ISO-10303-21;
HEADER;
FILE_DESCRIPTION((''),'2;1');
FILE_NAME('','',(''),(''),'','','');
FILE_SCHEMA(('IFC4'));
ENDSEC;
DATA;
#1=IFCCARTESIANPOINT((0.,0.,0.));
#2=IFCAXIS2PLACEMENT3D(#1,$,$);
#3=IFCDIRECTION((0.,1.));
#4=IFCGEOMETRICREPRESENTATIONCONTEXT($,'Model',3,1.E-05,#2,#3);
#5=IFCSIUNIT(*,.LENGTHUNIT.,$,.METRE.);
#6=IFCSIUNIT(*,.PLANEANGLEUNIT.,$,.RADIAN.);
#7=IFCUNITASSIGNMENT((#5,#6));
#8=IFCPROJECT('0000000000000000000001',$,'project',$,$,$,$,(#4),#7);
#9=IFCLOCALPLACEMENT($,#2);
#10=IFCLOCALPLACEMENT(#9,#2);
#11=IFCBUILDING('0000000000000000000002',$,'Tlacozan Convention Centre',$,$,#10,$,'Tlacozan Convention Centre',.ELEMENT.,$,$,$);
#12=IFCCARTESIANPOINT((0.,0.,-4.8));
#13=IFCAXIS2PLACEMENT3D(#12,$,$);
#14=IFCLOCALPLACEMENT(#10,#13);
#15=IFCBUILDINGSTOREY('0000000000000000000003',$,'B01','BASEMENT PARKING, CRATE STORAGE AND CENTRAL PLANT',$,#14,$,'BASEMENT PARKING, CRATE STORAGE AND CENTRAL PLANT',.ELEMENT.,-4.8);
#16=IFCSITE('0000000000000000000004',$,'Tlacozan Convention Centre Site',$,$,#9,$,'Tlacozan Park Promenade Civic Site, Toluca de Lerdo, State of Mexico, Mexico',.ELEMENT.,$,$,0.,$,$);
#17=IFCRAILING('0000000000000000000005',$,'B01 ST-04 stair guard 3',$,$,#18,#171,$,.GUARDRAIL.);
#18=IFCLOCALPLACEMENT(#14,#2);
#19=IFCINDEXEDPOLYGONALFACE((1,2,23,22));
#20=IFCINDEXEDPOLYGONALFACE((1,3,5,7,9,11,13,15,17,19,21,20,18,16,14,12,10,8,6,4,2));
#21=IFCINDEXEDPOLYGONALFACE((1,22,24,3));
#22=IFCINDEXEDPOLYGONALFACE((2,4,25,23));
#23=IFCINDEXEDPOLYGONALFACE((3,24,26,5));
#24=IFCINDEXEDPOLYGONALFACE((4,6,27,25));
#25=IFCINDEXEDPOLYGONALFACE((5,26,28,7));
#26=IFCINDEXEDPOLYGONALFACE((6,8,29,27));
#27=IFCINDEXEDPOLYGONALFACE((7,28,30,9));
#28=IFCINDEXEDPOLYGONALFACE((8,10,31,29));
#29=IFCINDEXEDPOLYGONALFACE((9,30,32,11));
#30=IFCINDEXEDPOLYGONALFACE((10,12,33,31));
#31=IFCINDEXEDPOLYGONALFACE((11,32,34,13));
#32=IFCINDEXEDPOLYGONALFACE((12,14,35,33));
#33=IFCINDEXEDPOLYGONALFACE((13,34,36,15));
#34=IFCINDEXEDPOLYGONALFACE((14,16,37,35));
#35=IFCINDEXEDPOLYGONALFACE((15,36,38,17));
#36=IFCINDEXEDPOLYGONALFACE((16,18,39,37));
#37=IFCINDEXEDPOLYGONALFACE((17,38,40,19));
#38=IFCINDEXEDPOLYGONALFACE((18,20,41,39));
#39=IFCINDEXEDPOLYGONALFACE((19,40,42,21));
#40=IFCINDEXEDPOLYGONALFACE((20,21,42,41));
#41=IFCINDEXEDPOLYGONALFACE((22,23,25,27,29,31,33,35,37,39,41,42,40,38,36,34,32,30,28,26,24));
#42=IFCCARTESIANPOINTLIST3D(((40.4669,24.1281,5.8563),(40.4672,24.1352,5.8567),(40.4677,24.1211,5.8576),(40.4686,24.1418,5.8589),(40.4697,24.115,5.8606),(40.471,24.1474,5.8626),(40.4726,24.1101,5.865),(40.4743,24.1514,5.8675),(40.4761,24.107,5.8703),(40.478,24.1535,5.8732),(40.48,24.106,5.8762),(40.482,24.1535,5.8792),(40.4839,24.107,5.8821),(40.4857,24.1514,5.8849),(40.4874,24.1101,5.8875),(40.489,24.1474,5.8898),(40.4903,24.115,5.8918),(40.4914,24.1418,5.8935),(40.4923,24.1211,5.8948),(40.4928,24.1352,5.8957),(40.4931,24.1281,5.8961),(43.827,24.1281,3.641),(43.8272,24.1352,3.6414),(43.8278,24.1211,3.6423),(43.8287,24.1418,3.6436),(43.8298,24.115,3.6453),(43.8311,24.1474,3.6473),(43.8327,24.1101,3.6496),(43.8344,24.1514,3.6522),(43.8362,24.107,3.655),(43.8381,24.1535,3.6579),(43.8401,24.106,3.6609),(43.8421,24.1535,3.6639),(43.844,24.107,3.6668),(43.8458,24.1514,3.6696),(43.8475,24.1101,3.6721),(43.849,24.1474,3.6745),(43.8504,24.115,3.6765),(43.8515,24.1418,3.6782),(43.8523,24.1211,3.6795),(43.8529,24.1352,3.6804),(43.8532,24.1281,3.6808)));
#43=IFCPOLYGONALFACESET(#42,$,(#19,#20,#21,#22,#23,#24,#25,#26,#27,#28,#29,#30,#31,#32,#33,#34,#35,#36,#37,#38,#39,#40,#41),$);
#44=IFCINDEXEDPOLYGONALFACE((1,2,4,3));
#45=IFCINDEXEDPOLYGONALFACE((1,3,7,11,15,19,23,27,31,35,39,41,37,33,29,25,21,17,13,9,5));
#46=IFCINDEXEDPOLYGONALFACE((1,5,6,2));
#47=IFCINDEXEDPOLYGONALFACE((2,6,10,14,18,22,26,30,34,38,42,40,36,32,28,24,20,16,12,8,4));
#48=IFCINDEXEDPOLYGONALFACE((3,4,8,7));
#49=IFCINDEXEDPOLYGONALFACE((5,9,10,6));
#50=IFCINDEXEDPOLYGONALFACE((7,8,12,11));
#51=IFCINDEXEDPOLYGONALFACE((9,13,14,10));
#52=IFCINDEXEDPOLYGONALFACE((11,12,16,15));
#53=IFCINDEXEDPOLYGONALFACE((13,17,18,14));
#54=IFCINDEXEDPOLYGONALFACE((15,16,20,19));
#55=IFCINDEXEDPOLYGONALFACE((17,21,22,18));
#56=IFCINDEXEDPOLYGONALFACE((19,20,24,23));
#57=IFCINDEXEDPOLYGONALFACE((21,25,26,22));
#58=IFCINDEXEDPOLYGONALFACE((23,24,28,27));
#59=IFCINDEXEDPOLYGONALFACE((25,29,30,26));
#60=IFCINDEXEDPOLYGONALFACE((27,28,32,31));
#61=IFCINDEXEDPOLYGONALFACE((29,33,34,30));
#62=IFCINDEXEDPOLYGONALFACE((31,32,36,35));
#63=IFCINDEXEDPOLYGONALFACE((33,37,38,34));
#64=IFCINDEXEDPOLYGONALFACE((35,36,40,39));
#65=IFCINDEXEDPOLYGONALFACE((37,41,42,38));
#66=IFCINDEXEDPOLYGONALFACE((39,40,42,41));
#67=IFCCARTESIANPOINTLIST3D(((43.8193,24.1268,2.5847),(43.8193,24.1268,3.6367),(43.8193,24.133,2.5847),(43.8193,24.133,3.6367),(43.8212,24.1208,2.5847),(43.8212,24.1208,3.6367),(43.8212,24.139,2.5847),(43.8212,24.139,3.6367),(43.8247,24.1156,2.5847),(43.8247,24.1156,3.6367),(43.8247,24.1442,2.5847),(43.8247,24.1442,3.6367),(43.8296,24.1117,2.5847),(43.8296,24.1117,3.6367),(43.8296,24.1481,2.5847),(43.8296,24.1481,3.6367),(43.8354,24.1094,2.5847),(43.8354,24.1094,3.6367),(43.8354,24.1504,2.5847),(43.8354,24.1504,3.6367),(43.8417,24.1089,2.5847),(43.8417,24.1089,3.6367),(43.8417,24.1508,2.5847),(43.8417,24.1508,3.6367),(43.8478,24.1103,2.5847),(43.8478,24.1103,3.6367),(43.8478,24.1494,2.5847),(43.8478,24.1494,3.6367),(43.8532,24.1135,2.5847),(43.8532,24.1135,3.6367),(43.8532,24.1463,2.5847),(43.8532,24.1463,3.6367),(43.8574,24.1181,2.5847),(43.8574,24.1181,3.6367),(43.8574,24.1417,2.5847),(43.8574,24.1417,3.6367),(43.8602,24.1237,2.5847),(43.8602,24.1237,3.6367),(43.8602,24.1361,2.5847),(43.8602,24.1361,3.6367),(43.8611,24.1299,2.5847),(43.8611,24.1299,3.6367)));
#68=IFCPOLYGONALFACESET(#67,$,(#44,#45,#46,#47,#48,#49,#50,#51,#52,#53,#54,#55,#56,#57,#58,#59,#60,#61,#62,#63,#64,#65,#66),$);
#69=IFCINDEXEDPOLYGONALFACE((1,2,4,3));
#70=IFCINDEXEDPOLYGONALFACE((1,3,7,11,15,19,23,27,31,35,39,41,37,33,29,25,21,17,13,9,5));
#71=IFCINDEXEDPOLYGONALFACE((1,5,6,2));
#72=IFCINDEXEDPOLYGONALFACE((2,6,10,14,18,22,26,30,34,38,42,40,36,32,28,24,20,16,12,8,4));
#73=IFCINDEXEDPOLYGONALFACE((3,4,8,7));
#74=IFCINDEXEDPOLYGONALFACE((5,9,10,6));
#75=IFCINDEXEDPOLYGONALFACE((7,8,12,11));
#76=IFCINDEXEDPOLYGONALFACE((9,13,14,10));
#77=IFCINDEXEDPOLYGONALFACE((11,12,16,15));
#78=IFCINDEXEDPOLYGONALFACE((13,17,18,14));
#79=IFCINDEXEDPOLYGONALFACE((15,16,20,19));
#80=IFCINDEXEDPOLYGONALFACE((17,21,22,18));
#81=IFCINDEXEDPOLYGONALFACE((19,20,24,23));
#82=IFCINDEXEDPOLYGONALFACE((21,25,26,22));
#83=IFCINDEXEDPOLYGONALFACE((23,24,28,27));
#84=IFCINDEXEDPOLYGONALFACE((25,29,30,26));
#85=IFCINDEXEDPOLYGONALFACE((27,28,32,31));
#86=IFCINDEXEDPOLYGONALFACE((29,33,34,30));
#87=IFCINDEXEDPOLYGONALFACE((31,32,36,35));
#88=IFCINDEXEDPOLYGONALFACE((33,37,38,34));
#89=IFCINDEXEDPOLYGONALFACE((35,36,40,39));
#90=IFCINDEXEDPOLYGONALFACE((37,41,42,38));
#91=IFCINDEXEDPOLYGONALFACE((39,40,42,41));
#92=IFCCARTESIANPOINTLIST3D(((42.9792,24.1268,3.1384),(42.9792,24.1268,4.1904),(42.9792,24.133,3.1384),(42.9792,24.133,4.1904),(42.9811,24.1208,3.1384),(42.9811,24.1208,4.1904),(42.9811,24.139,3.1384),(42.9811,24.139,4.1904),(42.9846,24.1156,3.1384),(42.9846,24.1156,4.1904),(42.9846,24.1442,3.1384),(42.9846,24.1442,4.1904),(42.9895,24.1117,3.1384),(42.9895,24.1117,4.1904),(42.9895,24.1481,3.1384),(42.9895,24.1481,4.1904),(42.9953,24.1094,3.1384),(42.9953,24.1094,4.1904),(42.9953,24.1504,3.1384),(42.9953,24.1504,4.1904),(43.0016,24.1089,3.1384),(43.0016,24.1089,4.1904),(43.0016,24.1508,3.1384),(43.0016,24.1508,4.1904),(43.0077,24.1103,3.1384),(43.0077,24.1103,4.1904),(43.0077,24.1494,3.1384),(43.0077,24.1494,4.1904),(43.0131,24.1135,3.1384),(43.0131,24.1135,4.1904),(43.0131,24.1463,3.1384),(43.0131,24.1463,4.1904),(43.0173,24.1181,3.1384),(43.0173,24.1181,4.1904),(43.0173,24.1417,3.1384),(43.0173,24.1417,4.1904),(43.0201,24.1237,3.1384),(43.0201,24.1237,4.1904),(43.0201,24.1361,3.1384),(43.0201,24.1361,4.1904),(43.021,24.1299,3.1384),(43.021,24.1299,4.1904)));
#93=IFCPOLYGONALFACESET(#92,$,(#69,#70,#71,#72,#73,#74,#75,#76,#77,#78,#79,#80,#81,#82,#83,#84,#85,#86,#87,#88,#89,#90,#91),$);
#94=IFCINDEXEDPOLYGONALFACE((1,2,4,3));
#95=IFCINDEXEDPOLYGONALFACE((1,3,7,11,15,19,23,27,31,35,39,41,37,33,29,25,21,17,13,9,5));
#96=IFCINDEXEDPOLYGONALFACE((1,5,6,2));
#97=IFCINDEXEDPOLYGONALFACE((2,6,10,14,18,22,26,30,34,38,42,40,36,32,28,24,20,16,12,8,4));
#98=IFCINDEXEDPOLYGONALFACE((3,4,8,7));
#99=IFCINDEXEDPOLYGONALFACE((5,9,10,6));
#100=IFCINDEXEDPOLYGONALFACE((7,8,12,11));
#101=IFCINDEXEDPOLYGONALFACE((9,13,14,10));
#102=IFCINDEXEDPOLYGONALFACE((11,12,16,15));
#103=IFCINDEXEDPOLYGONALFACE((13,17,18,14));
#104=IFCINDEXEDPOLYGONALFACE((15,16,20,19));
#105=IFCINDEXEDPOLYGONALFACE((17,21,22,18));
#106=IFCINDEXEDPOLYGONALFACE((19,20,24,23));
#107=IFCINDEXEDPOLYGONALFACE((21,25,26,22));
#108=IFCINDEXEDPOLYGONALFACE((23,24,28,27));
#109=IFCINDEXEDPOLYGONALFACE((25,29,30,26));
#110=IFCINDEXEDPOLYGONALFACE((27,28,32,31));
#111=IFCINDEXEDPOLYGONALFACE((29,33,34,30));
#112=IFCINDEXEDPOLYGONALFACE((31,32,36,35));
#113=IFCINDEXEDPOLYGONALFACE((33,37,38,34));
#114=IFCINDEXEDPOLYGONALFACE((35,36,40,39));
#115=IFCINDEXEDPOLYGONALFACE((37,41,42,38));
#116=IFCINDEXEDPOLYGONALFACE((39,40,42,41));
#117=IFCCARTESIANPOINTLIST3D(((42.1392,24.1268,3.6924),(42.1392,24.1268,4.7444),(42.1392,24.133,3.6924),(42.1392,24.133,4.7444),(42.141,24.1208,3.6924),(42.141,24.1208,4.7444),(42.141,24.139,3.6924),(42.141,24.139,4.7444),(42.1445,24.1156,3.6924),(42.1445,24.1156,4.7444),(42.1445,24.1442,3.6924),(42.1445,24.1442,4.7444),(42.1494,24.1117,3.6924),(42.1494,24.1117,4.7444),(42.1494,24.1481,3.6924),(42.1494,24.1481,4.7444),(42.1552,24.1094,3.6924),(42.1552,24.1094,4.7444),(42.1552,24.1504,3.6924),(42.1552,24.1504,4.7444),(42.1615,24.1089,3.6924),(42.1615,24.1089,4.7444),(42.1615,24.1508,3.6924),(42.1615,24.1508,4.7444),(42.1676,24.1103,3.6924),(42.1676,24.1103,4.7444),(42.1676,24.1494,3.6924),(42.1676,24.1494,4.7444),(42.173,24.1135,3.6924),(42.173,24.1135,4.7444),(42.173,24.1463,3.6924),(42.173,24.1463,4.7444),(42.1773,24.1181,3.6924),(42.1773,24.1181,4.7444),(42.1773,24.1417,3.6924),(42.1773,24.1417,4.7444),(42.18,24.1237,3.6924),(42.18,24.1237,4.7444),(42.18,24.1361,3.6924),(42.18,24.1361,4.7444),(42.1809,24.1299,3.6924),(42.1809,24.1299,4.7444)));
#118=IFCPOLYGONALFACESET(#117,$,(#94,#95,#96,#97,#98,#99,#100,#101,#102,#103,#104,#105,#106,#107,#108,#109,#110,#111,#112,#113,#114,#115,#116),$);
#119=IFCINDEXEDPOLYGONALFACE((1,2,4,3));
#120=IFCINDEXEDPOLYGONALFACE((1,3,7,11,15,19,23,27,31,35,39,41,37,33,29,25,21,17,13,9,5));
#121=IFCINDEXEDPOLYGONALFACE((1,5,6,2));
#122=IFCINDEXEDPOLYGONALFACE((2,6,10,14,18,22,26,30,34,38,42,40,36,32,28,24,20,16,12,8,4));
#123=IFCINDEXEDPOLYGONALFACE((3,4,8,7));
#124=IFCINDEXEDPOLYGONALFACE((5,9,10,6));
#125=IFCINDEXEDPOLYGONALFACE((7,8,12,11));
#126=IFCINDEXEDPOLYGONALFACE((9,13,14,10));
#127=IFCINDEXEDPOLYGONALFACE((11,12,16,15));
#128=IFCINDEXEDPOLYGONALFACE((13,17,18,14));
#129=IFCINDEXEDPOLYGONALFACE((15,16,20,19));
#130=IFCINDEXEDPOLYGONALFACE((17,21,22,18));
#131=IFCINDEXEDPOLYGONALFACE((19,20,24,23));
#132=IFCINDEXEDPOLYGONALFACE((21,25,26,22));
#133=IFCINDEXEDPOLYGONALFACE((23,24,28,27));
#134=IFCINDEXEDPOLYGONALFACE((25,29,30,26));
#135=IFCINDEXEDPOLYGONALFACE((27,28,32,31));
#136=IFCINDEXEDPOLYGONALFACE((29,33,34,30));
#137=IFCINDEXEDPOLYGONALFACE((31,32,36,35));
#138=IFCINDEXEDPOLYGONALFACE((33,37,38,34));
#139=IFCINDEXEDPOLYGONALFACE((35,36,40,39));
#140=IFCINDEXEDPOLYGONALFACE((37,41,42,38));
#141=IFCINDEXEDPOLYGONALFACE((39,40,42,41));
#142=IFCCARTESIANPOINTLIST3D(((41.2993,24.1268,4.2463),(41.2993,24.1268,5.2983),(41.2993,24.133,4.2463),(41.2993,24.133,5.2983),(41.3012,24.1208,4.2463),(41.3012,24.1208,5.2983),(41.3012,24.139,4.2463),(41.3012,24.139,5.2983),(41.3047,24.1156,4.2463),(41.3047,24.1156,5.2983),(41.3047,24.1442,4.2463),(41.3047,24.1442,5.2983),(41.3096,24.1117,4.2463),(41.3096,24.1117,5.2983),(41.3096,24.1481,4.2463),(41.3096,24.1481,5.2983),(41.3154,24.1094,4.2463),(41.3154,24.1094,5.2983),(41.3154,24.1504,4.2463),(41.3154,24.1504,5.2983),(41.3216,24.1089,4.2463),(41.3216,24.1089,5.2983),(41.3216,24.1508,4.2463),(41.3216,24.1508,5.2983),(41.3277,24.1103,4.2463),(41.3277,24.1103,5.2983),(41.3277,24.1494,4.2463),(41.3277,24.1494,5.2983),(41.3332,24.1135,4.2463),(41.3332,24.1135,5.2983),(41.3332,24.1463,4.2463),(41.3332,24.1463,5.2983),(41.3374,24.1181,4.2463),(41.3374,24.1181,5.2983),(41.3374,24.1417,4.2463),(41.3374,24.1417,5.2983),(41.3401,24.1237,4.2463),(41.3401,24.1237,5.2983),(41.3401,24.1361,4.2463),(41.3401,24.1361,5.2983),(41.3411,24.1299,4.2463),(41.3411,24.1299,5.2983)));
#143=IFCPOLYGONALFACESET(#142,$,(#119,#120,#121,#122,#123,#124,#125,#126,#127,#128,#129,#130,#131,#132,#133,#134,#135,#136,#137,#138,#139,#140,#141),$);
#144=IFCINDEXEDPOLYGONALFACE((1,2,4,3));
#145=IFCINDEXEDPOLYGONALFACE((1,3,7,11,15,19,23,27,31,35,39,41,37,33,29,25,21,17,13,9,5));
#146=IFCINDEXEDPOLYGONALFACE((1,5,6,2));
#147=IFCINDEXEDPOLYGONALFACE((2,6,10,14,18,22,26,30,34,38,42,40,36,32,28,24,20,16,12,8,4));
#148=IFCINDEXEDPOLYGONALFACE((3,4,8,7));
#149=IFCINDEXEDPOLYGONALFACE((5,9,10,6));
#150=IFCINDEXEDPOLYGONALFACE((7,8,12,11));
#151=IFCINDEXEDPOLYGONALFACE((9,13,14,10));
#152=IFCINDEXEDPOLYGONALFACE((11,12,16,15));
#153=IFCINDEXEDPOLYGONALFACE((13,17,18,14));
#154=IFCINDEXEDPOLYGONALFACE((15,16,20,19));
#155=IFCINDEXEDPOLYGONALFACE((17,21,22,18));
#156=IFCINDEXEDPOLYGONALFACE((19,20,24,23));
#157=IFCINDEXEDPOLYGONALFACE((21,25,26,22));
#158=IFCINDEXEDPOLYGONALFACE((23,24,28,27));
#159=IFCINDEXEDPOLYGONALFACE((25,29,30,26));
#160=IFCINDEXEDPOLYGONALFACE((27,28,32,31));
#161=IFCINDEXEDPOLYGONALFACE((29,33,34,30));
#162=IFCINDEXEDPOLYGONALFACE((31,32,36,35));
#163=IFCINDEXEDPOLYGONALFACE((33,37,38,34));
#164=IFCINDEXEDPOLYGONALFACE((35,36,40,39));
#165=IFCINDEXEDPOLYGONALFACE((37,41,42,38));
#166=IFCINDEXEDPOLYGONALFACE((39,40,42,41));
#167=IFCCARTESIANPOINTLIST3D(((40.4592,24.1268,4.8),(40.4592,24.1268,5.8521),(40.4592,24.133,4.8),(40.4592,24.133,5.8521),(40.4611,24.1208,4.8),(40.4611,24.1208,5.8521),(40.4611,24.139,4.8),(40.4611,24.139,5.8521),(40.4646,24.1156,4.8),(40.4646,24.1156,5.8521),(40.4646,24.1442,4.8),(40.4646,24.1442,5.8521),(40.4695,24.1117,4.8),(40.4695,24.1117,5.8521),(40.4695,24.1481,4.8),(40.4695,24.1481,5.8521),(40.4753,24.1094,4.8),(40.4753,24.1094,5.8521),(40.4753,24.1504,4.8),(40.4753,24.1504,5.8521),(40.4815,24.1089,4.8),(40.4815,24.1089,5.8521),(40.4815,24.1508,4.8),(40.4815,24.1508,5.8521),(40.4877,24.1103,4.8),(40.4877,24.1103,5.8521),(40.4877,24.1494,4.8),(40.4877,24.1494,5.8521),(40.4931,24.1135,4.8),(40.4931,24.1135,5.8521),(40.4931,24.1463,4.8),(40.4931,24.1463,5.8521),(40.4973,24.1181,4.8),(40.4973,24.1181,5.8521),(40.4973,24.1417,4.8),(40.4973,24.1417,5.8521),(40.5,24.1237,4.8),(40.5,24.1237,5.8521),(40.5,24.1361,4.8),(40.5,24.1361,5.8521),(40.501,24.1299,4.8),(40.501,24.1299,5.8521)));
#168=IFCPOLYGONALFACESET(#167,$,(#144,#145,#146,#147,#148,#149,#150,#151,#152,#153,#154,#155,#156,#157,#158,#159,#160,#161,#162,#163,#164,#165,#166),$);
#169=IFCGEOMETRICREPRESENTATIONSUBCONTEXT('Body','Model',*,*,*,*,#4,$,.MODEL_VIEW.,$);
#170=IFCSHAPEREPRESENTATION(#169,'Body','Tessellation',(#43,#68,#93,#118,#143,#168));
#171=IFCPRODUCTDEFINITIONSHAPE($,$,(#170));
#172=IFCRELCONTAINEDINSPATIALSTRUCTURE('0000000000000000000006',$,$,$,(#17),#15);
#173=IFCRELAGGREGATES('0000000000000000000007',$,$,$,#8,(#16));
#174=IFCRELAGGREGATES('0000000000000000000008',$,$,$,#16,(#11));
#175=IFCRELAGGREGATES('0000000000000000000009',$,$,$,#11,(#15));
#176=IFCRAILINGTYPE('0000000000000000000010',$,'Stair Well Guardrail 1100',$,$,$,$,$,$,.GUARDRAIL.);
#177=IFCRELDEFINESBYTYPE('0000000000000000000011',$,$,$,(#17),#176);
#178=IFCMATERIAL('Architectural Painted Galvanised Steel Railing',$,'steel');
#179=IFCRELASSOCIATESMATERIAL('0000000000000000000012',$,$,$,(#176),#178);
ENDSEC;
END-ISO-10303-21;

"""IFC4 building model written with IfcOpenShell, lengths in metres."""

from ifc_helpers import new_model, si_unit, direction, frame, origin, origin_2d, place, context, subcontext, project, spatial, circle, extrude, material, type_object, element, save


model = new_model("IFC4")

# Units and contexts
model_context = context("Model", 3, precision=1e-05, world=origin(), true_north=direction((0.0, 1.0)))
body_context = subcontext(model_context, "Body", "Model", "MODEL_VIEW")
ifc_project = project(units=[si_unit("LENGTHUNIT", "METRE"), si_unit("PLANEANGLEUNIT", "RADIAN")], contexts=[model_context])

# Site, building, storey
site_placement = place(None, origin())
site = spatial("IfcSite", under=ifc_project, at=site_placement, Name="Tlacozan Convention Centre Site", LongName="Tlacozan Park Promenade Civic Site, Toluca de Lerdo, State of Mexico, Mexico", CompositionType="ELEMENT", RefElevation=0.0)
building_placement = place(site_placement, origin())
building = spatial("IfcBuilding", under=site, at=building_placement, Name="Tlacozan Convention Centre", LongName="Tlacozan Convention Centre", CompositionType="ELEMENT")
storey_placement = place(building_placement, frame((0.0, 0.0, -4.8)))
storey = spatial("IfcBuildingStorey", under=building, at=storey_placement, Name="B01", Description="BASEMENT PARKING, CRATE STORAGE AND CENTRAL PLANT", LongName="BASEMENT PARKING, CRATE STORAGE AND CENTRAL PLANT", CompositionType="ELEMENT", Elevation=-4.8)

# Railing
ifc_material_1 = material(Name="Architectural Painted Galvanised Steel Railing", Category="steel")
railing_type_1 = type_object("IfcRailingType", Name="Stair Well Guardrail 1100", PredefinedType="GUARDRAIL", material=ifc_material_1)
railing_1_placement = place(storey_placement, frame((43.8401, 24.1299, 2.5847)))
element("IfcRailing", 1, at=railing_1_placement, inside=storey, type_object=railing_type_1, Name="B01 ST-04 stair guard 3", PredefinedType="GUARDRAIL", context=body_context, shape_type="SweptSolid", body=[
    extrude(circle(Radius=0.0239, at=origin_2d()), frame((0.0, 0.0, 1.0762), z_axis=(-0.834876, 0.0, 0.550437), x_axis=(0.0, -1.0, 0.0)), (0.0, 0.0, 1.0), 4.0247),
    extrude(circle(Radius=0.021, at=origin_2d()), origin(), (0.0, 0.0, 1.0), 1.052),
    extrude(circle(Radius=0.021, at=origin_2d()), frame((-0.8401, 0.0, 0.5537)), (0.0, 0.0, 1.0), 1.052),
    extrude(circle(Radius=0.021, at=origin_2d()), frame((-1.6802, 0.0, 1.1077)), (0.0, 0.0, 1.0), 1.052),
    extrude(circle(Radius=0.021, at=origin_2d()), frame((-2.52, 0.0, 1.6616)), (0.0, 0.0, 1.0), 1.052),
    extrude(circle(Radius=0.021, at=origin_2d()), frame((-3.3601, 0.0, 2.2153)), (0.0, 0.0, 1.0), 1.052),
])

save(model, "model.ifc")
